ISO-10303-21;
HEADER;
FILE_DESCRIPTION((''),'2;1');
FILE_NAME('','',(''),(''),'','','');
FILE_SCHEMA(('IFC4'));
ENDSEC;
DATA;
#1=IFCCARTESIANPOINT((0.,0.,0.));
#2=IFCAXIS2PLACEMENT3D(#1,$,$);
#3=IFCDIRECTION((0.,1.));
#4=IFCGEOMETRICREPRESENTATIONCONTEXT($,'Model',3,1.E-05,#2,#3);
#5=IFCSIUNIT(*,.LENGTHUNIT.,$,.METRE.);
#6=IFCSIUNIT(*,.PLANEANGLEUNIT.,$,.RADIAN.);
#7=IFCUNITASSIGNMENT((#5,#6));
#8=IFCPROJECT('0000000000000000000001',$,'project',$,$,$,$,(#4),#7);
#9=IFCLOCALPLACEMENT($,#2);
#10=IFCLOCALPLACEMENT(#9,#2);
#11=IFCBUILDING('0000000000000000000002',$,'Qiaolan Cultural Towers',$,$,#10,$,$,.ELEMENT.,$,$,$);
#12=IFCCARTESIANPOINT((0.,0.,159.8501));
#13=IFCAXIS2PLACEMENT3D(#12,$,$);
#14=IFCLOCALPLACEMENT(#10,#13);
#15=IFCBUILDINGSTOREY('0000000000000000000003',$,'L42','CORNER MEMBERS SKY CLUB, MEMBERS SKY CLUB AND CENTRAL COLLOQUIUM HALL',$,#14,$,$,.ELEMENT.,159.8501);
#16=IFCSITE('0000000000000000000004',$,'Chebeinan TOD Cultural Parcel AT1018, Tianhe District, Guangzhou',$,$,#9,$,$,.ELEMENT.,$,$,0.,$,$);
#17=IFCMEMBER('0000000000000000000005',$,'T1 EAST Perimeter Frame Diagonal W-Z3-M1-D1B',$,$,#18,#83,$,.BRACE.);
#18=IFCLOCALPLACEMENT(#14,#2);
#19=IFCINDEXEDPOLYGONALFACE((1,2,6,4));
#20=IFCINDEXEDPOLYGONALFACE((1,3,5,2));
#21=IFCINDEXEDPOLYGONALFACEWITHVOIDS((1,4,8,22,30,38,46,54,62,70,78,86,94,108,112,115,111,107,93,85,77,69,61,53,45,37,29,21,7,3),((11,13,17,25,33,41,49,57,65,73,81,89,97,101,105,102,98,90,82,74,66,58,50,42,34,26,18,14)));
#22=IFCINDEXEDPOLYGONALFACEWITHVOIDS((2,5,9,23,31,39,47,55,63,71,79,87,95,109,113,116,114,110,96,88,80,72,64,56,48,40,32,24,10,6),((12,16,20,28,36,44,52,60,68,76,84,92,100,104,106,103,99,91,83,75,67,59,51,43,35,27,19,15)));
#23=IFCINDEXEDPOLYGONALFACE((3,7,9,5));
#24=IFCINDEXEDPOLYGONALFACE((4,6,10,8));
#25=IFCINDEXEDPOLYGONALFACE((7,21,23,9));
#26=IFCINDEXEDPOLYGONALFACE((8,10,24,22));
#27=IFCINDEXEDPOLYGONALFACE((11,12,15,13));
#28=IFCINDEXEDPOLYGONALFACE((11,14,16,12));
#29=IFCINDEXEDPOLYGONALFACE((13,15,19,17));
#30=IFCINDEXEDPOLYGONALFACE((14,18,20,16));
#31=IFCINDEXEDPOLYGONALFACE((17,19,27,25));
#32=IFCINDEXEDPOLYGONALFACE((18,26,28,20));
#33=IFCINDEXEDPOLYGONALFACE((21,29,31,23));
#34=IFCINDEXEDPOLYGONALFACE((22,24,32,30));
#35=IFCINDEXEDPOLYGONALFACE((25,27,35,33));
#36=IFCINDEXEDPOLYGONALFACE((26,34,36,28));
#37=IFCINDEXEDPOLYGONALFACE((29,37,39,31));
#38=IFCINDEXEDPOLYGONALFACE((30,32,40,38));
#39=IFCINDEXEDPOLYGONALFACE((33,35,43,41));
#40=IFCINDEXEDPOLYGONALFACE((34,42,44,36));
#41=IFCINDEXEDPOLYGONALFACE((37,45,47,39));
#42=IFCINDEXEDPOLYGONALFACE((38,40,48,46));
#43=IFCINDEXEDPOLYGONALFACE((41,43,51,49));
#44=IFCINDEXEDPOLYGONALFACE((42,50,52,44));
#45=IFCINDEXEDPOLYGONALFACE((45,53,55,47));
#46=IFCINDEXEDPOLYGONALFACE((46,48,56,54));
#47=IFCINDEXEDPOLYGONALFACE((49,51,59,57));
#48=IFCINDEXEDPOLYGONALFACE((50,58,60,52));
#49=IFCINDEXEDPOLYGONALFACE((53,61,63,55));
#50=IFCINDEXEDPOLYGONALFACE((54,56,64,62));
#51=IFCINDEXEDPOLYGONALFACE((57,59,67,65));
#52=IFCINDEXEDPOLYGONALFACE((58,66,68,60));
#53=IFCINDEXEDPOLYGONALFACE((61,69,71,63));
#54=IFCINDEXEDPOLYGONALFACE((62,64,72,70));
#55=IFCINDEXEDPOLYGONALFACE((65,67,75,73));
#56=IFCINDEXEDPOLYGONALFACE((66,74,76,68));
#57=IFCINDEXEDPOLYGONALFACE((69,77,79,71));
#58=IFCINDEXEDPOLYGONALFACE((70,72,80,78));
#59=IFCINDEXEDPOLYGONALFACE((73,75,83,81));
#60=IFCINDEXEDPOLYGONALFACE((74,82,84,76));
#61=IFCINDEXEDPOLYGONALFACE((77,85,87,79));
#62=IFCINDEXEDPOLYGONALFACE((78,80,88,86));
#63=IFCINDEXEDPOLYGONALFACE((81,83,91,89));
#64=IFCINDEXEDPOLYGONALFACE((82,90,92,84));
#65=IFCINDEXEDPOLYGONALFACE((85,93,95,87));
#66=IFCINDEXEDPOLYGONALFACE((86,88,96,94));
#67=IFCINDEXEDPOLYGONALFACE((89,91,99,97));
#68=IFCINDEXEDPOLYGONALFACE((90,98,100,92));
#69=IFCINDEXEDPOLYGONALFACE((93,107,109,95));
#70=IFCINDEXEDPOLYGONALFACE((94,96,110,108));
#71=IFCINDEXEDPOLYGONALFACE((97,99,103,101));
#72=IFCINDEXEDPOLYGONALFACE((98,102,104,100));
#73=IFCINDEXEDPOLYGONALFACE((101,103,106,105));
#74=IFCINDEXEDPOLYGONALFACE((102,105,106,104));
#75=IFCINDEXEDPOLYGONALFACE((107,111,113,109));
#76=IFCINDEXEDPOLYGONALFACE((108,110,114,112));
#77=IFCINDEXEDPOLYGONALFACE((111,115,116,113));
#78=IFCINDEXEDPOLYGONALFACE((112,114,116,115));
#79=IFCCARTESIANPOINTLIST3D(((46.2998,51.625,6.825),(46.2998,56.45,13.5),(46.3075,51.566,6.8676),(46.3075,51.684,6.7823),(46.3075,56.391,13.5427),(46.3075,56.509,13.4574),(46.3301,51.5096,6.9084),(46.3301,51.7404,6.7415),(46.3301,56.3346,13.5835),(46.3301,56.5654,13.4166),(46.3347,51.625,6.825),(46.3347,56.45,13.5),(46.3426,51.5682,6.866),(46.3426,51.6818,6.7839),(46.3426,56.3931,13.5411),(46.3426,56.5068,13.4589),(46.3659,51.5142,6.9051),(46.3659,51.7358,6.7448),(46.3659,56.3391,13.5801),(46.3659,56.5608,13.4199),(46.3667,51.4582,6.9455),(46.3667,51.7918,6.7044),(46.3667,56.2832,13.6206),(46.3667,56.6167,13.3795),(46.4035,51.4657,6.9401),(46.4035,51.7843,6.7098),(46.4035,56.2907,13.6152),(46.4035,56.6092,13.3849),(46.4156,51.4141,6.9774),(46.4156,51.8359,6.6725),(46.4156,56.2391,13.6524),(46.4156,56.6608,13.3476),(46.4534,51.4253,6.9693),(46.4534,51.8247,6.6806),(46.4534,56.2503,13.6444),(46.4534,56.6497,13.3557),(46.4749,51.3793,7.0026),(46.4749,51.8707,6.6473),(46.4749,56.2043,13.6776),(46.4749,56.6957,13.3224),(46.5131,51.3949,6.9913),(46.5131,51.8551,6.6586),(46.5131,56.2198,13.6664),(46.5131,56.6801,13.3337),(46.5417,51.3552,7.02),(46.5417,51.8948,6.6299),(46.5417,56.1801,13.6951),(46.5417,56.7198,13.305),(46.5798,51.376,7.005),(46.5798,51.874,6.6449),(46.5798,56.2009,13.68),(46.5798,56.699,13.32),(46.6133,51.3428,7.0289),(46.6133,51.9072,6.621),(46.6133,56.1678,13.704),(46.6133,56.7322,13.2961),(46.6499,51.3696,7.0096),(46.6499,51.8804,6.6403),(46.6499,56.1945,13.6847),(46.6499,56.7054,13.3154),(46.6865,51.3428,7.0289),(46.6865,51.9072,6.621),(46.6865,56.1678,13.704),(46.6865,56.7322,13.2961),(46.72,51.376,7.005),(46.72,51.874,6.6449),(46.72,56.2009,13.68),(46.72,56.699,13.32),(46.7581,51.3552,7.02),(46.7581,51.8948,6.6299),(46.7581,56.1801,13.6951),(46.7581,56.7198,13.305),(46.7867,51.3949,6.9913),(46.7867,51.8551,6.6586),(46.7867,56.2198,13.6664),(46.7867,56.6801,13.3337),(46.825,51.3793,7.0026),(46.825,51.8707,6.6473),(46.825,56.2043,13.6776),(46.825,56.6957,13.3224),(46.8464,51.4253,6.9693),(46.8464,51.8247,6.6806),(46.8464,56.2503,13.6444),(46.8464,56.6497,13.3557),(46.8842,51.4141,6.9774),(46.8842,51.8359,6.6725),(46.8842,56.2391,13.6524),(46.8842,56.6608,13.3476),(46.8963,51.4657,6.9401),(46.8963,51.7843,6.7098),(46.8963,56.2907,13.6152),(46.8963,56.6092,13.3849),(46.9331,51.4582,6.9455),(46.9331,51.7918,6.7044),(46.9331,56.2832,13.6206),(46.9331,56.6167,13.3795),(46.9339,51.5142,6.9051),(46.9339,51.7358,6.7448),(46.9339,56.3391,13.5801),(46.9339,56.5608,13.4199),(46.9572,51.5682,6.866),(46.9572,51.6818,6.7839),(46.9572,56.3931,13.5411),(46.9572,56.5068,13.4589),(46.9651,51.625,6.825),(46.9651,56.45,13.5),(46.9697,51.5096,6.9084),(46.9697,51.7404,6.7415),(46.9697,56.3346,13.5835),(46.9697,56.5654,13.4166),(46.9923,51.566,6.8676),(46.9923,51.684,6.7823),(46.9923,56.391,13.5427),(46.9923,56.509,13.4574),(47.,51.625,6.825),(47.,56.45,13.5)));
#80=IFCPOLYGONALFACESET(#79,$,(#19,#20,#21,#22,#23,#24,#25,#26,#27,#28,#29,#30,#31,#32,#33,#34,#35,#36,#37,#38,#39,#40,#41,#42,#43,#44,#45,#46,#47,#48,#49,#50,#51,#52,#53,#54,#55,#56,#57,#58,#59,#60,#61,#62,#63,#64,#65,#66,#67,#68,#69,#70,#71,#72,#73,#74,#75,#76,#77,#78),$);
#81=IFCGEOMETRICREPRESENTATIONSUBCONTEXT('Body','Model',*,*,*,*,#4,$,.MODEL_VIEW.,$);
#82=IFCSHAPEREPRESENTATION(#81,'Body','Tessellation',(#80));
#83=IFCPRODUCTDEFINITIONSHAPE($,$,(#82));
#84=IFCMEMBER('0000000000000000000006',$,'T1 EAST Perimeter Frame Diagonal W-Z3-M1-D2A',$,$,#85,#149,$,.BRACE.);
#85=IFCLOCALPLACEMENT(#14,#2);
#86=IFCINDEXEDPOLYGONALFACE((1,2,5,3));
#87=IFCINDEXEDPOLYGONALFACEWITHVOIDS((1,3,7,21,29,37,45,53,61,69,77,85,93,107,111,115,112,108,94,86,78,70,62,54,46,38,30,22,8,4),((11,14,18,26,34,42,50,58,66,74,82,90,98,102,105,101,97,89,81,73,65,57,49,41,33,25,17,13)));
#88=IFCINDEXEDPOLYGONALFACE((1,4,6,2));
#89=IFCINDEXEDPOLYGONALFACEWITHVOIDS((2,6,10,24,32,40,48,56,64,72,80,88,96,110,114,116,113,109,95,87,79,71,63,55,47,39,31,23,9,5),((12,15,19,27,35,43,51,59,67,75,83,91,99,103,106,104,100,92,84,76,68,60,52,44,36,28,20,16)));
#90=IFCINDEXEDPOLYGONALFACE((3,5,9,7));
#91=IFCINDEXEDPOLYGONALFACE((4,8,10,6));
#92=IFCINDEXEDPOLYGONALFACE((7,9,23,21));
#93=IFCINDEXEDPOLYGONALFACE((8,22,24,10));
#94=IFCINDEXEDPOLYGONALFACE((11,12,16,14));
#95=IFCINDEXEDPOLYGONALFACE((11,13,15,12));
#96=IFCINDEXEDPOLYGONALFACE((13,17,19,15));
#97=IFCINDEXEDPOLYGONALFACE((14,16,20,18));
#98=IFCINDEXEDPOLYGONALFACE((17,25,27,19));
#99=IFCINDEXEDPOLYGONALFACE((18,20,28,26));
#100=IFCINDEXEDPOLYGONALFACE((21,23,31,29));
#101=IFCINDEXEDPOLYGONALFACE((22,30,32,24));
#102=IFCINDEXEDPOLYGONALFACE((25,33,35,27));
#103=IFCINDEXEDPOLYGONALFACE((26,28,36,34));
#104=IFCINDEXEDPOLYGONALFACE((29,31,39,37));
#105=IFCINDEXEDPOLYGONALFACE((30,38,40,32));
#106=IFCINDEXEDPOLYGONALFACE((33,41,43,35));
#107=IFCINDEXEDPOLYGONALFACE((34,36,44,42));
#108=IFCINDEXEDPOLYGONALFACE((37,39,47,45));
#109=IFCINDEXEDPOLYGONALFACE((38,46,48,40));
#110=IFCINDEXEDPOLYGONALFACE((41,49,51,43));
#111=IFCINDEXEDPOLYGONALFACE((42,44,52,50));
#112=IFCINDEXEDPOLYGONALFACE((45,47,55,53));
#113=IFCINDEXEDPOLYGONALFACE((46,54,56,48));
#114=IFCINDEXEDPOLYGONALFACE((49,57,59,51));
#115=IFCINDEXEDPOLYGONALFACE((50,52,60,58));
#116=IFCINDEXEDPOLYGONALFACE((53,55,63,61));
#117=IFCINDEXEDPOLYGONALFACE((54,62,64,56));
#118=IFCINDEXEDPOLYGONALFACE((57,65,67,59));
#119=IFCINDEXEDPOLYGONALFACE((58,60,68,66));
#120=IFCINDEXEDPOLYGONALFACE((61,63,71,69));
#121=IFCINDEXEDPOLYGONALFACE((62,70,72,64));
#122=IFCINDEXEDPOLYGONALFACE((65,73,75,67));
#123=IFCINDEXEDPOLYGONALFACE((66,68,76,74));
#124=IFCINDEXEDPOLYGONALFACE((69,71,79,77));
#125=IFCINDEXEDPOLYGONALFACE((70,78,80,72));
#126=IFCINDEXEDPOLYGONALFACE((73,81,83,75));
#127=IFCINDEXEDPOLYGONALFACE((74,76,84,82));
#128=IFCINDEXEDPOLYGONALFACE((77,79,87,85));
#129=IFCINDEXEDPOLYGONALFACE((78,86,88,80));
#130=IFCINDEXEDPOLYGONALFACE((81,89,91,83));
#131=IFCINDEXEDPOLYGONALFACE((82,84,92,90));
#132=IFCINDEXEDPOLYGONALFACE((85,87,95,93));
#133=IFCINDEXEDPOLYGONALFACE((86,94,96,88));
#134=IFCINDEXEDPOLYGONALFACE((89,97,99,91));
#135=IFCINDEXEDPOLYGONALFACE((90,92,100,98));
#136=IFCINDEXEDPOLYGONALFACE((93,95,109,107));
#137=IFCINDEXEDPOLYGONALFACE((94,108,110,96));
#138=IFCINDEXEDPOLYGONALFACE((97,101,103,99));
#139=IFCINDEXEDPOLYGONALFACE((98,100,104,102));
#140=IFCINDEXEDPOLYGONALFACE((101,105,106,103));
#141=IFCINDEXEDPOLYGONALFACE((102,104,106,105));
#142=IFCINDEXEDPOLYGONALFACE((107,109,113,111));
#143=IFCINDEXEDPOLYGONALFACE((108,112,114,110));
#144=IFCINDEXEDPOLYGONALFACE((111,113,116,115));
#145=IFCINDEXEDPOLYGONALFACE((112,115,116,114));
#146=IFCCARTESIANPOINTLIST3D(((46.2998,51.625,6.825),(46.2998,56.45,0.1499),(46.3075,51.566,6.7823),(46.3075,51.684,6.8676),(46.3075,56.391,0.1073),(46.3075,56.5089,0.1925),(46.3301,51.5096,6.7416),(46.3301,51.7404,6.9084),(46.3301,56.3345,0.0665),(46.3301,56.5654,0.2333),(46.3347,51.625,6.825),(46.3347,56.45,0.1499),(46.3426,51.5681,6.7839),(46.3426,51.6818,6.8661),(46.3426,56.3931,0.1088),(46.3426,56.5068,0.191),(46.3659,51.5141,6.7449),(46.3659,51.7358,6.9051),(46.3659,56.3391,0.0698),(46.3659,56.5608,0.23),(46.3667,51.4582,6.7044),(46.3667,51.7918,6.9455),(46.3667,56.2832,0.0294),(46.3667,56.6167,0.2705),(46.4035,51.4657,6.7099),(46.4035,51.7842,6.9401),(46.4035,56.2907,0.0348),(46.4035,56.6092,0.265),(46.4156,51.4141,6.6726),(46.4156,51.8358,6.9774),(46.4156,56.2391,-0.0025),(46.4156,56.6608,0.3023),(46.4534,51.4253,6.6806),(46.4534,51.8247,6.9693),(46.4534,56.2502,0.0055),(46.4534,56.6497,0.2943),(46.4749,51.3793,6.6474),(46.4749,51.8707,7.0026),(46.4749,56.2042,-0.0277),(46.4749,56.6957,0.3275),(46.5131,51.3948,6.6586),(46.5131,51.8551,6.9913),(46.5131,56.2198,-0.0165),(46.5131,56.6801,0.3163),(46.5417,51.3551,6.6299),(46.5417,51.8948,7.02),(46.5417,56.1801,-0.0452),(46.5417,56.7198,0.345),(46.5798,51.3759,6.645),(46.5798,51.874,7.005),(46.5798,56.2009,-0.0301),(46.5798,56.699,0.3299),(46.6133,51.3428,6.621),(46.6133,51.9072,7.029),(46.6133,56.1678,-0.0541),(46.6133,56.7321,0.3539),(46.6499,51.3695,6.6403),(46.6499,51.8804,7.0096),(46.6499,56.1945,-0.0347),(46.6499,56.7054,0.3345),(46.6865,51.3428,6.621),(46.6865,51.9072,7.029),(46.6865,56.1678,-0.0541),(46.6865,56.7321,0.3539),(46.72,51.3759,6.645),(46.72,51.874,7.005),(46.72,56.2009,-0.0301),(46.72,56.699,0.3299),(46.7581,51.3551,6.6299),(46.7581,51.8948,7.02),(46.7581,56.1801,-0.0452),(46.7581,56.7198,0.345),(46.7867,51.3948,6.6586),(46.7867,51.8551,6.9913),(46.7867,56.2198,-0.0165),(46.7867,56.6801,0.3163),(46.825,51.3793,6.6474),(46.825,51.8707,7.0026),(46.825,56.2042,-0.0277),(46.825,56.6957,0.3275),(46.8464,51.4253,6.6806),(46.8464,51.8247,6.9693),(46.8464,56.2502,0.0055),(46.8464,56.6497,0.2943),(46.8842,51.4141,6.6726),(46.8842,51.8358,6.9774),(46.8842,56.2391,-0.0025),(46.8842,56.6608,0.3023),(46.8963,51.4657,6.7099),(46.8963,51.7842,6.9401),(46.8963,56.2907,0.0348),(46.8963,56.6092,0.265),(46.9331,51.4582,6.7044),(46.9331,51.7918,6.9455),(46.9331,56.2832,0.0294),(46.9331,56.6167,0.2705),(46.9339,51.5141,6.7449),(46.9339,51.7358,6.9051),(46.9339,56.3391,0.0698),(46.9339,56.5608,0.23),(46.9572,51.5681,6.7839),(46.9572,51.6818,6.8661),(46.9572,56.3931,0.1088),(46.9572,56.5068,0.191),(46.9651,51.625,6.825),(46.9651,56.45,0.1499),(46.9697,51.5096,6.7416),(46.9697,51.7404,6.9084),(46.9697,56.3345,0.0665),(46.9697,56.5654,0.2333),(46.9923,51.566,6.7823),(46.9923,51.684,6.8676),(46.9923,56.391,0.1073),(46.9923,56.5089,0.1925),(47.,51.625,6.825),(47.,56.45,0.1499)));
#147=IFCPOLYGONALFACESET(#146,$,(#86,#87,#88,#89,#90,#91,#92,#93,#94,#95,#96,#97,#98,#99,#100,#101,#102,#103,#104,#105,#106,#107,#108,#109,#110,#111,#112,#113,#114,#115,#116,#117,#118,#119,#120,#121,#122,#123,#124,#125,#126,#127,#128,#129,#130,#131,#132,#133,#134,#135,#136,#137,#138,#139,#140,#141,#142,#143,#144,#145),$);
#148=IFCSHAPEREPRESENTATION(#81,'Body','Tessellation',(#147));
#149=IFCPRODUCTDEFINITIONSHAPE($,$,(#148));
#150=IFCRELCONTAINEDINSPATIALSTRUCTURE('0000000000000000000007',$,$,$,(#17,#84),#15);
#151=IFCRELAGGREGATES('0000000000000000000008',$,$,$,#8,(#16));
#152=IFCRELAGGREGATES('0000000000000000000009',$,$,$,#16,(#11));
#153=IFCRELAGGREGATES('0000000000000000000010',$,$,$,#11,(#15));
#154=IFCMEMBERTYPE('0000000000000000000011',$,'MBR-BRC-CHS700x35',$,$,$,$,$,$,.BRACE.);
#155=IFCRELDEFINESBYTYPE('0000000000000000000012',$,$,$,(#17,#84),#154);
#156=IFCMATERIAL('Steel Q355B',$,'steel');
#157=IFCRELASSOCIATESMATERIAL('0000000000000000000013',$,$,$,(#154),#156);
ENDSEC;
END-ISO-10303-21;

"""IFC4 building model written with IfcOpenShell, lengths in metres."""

from ifc_helpers import new_model, si_unit, direction, frame, origin, origin_2d, place, context, subcontext, project, spatial, hollow_circle, extrude, material, material_profile, profile_set, type_object, element, save


model = new_model("IFC4")

# Units and contexts
model_context = context("Model", 3, precision=1e-05, world=origin(), true_north=direction((0.0, 1.0)))
body_context = subcontext(model_context, "Body", "Model", "MODEL_VIEW")
ifc_project = project(units=[si_unit("LENGTHUNIT", "METRE"), si_unit("PLANEANGLEUNIT", "RADIAN")], contexts=[model_context])

# Site, building, storey
site_placement = place(None, origin())
site = spatial("IfcSite", under=ifc_project, at=site_placement, Name="Chebeinan TOD Cultural Parcel AT1018, Tianhe District, Guangzhou", CompositionType="ELEMENT", RefElevation=0.0)
building_placement = place(site_placement, origin())
building = spatial("IfcBuilding", under=site, at=building_placement, Name="Qiaolan Cultural Towers", CompositionType="ELEMENT")
storey_placement = place(building_placement, frame((0.0, 0.0, 159.8501)))
storey = spatial("IfcBuildingStorey", under=building, at=storey_placement, Name="L42", Description="CORNER MEMBERS SKY CLUB, MEMBERS SKY CLUB AND CENTRAL COLLOQUIUM HALL", CompositionType="ELEMENT", Elevation=159.8501)

# Members
ifc_material_1 = material(Name="Steel Q355B", Category="steel")
ifc_material_profile_1 = material_profile(ifc_material_1, hollow_circle(Radius=0.3501, WallThickness=0.0349, at=origin_2d()), Name="CHS700x35")
ifc_profile_set_1 = profile_set([ifc_material_profile_1], Name="Steel Q355B")
member_type = type_object("IfcMemberType", Name="MBR-BRC-CHS700x35", PredefinedType="BRACE", material=ifc_profile_set_1)
for number, where, z_axis, x_axis, name in (
    (1, (46.6499, 51.625, 6.825), (0.0, 0.585816, 0.810444), (-1.0, 0.0, 0.0), "T1 EAST Perimeter Frame Diagonal W-Z3-M1-D1B"),
    (2, (46.6499, 56.45, 0.1499), (0.0, -0.585816, 0.810444), (1.0, 0.0, 0.0), "T1 EAST Perimeter Frame Diagonal W-Z3-M1-D2A"),
):
    element("IfcMember", number, at=place(storey_placement, frame(where, z_axis=z_axis, x_axis=x_axis)), inside=storey, type_object=member_type, Name=name, PredefinedType="BRACE", context=body_context, shape_type="SweptSolid", body=[
        extrude(hollow_circle(Radius=0.3501, WallThickness=0.0349, at=origin_2d()), origin(), (0.0, 0.0, 1.0), 8.2363),
    ])

save(model, "model.ifc")
